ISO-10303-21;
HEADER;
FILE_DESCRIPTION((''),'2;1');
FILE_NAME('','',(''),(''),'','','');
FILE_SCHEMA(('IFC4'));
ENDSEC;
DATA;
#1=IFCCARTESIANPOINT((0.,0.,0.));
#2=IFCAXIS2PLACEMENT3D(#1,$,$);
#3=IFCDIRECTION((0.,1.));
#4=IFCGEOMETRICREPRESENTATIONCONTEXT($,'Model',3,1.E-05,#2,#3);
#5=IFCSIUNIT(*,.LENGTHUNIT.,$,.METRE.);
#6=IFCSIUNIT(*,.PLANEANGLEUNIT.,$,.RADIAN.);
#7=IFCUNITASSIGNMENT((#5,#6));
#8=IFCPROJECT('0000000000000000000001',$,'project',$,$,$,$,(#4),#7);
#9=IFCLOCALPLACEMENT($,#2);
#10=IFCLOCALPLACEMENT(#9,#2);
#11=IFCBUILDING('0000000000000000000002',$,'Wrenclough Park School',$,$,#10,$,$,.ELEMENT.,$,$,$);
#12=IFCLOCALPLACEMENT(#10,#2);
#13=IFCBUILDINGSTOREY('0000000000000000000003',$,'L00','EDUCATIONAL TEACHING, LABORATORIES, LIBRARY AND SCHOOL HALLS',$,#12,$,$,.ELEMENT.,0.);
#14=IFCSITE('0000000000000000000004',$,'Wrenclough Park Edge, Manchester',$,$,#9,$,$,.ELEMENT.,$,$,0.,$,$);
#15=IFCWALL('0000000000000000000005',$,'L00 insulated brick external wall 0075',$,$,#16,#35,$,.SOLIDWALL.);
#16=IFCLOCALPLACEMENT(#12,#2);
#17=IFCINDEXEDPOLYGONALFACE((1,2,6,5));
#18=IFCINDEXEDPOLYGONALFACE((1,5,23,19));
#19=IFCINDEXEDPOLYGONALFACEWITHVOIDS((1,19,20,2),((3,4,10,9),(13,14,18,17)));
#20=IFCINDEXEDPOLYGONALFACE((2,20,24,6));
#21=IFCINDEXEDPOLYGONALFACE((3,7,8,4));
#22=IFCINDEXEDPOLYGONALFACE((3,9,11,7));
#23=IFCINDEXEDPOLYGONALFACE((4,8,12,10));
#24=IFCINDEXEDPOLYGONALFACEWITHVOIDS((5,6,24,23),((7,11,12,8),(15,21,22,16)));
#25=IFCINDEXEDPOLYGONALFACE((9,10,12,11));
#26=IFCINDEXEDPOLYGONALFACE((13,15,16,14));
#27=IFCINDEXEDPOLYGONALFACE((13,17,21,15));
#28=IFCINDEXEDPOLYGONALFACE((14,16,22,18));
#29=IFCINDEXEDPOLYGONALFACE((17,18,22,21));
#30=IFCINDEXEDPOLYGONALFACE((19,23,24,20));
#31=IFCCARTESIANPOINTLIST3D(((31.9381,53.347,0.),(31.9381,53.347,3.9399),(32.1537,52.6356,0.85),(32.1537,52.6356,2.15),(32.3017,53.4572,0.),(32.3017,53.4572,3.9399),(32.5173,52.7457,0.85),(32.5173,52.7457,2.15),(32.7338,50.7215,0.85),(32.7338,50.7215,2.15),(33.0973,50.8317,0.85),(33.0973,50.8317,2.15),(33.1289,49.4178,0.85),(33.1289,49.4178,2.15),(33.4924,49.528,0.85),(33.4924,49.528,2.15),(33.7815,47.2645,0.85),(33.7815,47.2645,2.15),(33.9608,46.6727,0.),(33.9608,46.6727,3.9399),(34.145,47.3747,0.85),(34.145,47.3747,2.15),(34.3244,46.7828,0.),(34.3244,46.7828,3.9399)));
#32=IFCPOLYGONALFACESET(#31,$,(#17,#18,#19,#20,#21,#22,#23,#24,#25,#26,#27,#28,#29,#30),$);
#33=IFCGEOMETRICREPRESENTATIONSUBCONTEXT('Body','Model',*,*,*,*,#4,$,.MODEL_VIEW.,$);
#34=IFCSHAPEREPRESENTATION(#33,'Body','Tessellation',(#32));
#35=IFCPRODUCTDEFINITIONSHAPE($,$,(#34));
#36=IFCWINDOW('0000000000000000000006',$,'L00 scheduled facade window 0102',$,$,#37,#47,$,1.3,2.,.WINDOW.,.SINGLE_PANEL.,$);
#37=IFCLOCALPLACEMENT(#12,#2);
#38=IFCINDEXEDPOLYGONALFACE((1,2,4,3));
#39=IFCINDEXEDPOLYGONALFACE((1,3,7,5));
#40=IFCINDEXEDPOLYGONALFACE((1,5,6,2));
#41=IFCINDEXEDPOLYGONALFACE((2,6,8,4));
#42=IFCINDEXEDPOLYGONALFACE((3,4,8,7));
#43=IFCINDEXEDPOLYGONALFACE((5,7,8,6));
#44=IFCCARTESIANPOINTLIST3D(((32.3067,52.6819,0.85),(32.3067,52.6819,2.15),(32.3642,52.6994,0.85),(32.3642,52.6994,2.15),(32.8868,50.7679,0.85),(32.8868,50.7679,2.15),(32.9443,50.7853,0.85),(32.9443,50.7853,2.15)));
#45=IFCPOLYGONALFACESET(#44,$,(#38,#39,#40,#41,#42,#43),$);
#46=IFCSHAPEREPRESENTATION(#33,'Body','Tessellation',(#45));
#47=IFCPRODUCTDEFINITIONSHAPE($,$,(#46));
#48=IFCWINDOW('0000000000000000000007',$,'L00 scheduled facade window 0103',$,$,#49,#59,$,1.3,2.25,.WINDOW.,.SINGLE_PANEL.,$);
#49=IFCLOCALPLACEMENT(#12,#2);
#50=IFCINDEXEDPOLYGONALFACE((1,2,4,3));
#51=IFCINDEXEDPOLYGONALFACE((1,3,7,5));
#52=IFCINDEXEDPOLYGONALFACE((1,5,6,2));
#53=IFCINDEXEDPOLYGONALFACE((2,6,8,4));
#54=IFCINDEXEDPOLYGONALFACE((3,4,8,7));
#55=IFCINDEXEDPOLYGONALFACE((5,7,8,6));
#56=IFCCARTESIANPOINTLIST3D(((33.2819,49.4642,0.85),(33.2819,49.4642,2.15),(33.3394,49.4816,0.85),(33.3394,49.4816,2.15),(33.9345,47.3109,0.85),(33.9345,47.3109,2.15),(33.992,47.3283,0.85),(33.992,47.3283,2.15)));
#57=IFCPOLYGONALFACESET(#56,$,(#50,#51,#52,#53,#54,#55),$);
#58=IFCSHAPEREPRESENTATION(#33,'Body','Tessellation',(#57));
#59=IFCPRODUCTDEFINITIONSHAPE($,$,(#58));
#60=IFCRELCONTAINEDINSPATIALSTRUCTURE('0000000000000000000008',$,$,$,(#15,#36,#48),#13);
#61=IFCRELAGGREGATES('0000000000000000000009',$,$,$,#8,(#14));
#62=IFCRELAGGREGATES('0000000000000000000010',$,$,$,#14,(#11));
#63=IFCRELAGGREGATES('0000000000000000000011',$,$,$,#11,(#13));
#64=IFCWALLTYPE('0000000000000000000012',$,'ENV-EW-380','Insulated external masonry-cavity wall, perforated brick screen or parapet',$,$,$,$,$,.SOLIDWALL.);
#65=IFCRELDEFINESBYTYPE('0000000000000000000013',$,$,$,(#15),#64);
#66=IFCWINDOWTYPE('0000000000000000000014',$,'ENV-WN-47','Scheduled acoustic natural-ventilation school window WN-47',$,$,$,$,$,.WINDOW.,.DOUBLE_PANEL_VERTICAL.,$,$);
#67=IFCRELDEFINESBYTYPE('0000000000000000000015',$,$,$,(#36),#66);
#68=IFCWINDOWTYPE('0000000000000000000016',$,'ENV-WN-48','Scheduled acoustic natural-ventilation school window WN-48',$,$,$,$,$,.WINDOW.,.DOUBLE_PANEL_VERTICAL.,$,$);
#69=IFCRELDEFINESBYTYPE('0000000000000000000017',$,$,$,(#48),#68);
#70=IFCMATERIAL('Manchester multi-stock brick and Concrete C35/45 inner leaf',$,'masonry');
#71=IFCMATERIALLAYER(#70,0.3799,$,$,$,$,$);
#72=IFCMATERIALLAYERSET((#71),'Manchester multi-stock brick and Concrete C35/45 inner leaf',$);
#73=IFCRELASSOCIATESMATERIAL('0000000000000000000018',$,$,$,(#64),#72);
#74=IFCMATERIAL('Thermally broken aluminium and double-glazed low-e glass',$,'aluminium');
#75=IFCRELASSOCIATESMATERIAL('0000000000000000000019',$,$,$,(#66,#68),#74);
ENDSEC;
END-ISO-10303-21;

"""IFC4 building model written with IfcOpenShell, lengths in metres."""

from ifc_helpers import new_model, si_unit, direction, frame, frame_2d, origin, place, context, subcontext, project, spatial, rectangle, extrude, material, layer, layer_set, type_object, element, fill, save


model = new_model("IFC4")

# Units and contexts
model_context = context("Model", 3, precision=1e-05, world=origin(), true_north=direction((0.0, 1.0)))
body_context = subcontext(model_context, "Body", "Model", "MODEL_VIEW")
ifc_project = project(units=[si_unit("LENGTHUNIT", "METRE"), si_unit("PLANEANGLEUNIT", "RADIAN")], contexts=[model_context])

# Site, building, storey
site_placement = place(None, origin())
site = spatial("IfcSite", under=ifc_project, at=site_placement, Name="Wrenclough Park Edge, Manchester", CompositionType="ELEMENT", RefElevation=0.0)
building_placement = place(site_placement, origin())
building = spatial("IfcBuilding", under=site, at=building_placement, Name="Wrenclough Park School", CompositionType="ELEMENT")
storey_placement = place(building_placement, origin())
storey = spatial("IfcBuildingStorey", under=building, at=storey_placement, Name="L00", Description="EDUCATIONAL TEACHING, LABORATORIES, LIBRARY AND SCHOOL HALLS", CompositionType="ELEMENT", Elevation=0.0)

# Wall, openings, windows
ifc_material_1 = material(Name="Manchester multi-stock brick and Concrete C35/45 inner leaf", Category="masonry")
ifc_layer_1 = layer(ifc_material_1, 0.3799)
ifc_layer_set_1 = layer_set([ifc_layer_1], Name="Manchester multi-stock brick and Concrete C35/45 inner leaf")
wall_type = type_object("IfcWallType", Name="ENV-EW-380", Description="Insulated external masonry-cavity wall, perforated brick screen or parapet", PredefinedType="SOLIDWALL", material=ifc_layer_set_1)
wall_placement = place(storey_placement, frame((32.1199, 53.4021, 0.0), z_axis=(0.0, 0.0, 1.0), x_axis=(0.290032, -0.957017, 0.0)))
wall = element("IfcWall", 1, at=wall_placement, inside=storey, type_object=wall_type, Name="L00 insulated brick external wall 0075", PredefinedType="SOLIDWALL", context=body_context, shape_type="SweptSolid", body=[
    extrude(rectangle(XDim=6.9741, YDim=0.3799, at=frame_2d((3.4871, 0.0))), origin(), (0.0, 0.0, 1.0), 3.9399),
])
opening_1_placement = place(wall_placement, frame((0.7434, 0.0, 0.8501)))
opening_1 = element("IfcOpeningElement", 2, at=opening_1_placement, cuts=wall, PredefinedType="OPENING", context=body_context, shape_type="SweptSolid", body=[
    extrude(rectangle(XDim=2.0, YDim=1.3, at=frame_2d((1.0, 0.6499))), frame((0.0, 0.2, 0.0), z_axis=(0.0, -1.0, 0.0), x_axis=(1.0, 0.0, 0.0)), (0.0, 0.0, 1.0), 0.3999),
])
opening_2_placement = place(wall_placement, frame((4.1057, 0.0, 0.8501)))
opening_2 = element("IfcOpeningElement", 3, at=opening_2_placement, cuts=wall, PredefinedType="OPENING", context=body_context, shape_type="SweptSolid", body=[
    extrude(rectangle(XDim=2.25, YDim=1.3, at=frame_2d((1.125, 0.6499))), frame((0.0, 0.2, 0.0), z_axis=(0.0, -1.0, 0.0), x_axis=(1.0, 0.0, 0.0)), (0.0, 0.0, 1.0), 0.3999),
])
ifc_material_2 = material(Name="Thermally broken aluminium and double-glazed low-e glass", Category="aluminium")
window_type_1 = type_object("IfcWindowType", Name="ENV-WN-47", Description="Scheduled acoustic natural-ventilation school window WN-47", PartitioningType="DOUBLE_PANEL_VERTICAL", PredefinedType="WINDOW", material=ifc_material_2)
window_1_placement = place(opening_1_placement, origin())
window_1 = element("IfcWindow", 4, at=window_1_placement, inside=storey, type_object=window_type_1, Name="L00 scheduled facade window 0102", OverallHeight=1.3, OverallWidth=2.0, PartitioningType="SINGLE_PANEL", PredefinedType="WINDOW", context=body_context, shape_type="SweptSolid", body=[
    extrude(rectangle(XDim=2.0, YDim=1.3, at=frame_2d((1.0, 0.6499))), frame((0.0, 0.03, 0.0), z_axis=(0.0, -1.0, 0.0), x_axis=(1.0, 0.0, 0.0)), (0.0, 0.0, 1.0), 0.0601),
])
fill(opening_1, window_1)
window_type_2 = type_object("IfcWindowType", Name="ENV-WN-48", Description="Scheduled acoustic natural-ventilation school window WN-48", PartitioningType="DOUBLE_PANEL_VERTICAL", PredefinedType="WINDOW", material=ifc_material_2)
window_2_placement = place(opening_2_placement, origin())
window_2 = element("IfcWindow", 5, at=window_2_placement, inside=storey, type_object=window_type_2, Name="L00 scheduled facade window 0103", OverallHeight=1.3, OverallWidth=2.25, PartitioningType="SINGLE_PANEL", PredefinedType="WINDOW", context=body_context, shape_type="SweptSolid", body=[
    extrude(rectangle(XDim=2.25, YDim=1.3, at=frame_2d((1.125, 0.6499))), frame((0.0, 0.03, 0.0), z_axis=(0.0, -1.0, 0.0), x_axis=(1.0, 0.0, 0.0)), (0.0, 0.0, 1.0), 0.0601),
])
fill(opening_2, window_2)

save(model, "model.ifc")
